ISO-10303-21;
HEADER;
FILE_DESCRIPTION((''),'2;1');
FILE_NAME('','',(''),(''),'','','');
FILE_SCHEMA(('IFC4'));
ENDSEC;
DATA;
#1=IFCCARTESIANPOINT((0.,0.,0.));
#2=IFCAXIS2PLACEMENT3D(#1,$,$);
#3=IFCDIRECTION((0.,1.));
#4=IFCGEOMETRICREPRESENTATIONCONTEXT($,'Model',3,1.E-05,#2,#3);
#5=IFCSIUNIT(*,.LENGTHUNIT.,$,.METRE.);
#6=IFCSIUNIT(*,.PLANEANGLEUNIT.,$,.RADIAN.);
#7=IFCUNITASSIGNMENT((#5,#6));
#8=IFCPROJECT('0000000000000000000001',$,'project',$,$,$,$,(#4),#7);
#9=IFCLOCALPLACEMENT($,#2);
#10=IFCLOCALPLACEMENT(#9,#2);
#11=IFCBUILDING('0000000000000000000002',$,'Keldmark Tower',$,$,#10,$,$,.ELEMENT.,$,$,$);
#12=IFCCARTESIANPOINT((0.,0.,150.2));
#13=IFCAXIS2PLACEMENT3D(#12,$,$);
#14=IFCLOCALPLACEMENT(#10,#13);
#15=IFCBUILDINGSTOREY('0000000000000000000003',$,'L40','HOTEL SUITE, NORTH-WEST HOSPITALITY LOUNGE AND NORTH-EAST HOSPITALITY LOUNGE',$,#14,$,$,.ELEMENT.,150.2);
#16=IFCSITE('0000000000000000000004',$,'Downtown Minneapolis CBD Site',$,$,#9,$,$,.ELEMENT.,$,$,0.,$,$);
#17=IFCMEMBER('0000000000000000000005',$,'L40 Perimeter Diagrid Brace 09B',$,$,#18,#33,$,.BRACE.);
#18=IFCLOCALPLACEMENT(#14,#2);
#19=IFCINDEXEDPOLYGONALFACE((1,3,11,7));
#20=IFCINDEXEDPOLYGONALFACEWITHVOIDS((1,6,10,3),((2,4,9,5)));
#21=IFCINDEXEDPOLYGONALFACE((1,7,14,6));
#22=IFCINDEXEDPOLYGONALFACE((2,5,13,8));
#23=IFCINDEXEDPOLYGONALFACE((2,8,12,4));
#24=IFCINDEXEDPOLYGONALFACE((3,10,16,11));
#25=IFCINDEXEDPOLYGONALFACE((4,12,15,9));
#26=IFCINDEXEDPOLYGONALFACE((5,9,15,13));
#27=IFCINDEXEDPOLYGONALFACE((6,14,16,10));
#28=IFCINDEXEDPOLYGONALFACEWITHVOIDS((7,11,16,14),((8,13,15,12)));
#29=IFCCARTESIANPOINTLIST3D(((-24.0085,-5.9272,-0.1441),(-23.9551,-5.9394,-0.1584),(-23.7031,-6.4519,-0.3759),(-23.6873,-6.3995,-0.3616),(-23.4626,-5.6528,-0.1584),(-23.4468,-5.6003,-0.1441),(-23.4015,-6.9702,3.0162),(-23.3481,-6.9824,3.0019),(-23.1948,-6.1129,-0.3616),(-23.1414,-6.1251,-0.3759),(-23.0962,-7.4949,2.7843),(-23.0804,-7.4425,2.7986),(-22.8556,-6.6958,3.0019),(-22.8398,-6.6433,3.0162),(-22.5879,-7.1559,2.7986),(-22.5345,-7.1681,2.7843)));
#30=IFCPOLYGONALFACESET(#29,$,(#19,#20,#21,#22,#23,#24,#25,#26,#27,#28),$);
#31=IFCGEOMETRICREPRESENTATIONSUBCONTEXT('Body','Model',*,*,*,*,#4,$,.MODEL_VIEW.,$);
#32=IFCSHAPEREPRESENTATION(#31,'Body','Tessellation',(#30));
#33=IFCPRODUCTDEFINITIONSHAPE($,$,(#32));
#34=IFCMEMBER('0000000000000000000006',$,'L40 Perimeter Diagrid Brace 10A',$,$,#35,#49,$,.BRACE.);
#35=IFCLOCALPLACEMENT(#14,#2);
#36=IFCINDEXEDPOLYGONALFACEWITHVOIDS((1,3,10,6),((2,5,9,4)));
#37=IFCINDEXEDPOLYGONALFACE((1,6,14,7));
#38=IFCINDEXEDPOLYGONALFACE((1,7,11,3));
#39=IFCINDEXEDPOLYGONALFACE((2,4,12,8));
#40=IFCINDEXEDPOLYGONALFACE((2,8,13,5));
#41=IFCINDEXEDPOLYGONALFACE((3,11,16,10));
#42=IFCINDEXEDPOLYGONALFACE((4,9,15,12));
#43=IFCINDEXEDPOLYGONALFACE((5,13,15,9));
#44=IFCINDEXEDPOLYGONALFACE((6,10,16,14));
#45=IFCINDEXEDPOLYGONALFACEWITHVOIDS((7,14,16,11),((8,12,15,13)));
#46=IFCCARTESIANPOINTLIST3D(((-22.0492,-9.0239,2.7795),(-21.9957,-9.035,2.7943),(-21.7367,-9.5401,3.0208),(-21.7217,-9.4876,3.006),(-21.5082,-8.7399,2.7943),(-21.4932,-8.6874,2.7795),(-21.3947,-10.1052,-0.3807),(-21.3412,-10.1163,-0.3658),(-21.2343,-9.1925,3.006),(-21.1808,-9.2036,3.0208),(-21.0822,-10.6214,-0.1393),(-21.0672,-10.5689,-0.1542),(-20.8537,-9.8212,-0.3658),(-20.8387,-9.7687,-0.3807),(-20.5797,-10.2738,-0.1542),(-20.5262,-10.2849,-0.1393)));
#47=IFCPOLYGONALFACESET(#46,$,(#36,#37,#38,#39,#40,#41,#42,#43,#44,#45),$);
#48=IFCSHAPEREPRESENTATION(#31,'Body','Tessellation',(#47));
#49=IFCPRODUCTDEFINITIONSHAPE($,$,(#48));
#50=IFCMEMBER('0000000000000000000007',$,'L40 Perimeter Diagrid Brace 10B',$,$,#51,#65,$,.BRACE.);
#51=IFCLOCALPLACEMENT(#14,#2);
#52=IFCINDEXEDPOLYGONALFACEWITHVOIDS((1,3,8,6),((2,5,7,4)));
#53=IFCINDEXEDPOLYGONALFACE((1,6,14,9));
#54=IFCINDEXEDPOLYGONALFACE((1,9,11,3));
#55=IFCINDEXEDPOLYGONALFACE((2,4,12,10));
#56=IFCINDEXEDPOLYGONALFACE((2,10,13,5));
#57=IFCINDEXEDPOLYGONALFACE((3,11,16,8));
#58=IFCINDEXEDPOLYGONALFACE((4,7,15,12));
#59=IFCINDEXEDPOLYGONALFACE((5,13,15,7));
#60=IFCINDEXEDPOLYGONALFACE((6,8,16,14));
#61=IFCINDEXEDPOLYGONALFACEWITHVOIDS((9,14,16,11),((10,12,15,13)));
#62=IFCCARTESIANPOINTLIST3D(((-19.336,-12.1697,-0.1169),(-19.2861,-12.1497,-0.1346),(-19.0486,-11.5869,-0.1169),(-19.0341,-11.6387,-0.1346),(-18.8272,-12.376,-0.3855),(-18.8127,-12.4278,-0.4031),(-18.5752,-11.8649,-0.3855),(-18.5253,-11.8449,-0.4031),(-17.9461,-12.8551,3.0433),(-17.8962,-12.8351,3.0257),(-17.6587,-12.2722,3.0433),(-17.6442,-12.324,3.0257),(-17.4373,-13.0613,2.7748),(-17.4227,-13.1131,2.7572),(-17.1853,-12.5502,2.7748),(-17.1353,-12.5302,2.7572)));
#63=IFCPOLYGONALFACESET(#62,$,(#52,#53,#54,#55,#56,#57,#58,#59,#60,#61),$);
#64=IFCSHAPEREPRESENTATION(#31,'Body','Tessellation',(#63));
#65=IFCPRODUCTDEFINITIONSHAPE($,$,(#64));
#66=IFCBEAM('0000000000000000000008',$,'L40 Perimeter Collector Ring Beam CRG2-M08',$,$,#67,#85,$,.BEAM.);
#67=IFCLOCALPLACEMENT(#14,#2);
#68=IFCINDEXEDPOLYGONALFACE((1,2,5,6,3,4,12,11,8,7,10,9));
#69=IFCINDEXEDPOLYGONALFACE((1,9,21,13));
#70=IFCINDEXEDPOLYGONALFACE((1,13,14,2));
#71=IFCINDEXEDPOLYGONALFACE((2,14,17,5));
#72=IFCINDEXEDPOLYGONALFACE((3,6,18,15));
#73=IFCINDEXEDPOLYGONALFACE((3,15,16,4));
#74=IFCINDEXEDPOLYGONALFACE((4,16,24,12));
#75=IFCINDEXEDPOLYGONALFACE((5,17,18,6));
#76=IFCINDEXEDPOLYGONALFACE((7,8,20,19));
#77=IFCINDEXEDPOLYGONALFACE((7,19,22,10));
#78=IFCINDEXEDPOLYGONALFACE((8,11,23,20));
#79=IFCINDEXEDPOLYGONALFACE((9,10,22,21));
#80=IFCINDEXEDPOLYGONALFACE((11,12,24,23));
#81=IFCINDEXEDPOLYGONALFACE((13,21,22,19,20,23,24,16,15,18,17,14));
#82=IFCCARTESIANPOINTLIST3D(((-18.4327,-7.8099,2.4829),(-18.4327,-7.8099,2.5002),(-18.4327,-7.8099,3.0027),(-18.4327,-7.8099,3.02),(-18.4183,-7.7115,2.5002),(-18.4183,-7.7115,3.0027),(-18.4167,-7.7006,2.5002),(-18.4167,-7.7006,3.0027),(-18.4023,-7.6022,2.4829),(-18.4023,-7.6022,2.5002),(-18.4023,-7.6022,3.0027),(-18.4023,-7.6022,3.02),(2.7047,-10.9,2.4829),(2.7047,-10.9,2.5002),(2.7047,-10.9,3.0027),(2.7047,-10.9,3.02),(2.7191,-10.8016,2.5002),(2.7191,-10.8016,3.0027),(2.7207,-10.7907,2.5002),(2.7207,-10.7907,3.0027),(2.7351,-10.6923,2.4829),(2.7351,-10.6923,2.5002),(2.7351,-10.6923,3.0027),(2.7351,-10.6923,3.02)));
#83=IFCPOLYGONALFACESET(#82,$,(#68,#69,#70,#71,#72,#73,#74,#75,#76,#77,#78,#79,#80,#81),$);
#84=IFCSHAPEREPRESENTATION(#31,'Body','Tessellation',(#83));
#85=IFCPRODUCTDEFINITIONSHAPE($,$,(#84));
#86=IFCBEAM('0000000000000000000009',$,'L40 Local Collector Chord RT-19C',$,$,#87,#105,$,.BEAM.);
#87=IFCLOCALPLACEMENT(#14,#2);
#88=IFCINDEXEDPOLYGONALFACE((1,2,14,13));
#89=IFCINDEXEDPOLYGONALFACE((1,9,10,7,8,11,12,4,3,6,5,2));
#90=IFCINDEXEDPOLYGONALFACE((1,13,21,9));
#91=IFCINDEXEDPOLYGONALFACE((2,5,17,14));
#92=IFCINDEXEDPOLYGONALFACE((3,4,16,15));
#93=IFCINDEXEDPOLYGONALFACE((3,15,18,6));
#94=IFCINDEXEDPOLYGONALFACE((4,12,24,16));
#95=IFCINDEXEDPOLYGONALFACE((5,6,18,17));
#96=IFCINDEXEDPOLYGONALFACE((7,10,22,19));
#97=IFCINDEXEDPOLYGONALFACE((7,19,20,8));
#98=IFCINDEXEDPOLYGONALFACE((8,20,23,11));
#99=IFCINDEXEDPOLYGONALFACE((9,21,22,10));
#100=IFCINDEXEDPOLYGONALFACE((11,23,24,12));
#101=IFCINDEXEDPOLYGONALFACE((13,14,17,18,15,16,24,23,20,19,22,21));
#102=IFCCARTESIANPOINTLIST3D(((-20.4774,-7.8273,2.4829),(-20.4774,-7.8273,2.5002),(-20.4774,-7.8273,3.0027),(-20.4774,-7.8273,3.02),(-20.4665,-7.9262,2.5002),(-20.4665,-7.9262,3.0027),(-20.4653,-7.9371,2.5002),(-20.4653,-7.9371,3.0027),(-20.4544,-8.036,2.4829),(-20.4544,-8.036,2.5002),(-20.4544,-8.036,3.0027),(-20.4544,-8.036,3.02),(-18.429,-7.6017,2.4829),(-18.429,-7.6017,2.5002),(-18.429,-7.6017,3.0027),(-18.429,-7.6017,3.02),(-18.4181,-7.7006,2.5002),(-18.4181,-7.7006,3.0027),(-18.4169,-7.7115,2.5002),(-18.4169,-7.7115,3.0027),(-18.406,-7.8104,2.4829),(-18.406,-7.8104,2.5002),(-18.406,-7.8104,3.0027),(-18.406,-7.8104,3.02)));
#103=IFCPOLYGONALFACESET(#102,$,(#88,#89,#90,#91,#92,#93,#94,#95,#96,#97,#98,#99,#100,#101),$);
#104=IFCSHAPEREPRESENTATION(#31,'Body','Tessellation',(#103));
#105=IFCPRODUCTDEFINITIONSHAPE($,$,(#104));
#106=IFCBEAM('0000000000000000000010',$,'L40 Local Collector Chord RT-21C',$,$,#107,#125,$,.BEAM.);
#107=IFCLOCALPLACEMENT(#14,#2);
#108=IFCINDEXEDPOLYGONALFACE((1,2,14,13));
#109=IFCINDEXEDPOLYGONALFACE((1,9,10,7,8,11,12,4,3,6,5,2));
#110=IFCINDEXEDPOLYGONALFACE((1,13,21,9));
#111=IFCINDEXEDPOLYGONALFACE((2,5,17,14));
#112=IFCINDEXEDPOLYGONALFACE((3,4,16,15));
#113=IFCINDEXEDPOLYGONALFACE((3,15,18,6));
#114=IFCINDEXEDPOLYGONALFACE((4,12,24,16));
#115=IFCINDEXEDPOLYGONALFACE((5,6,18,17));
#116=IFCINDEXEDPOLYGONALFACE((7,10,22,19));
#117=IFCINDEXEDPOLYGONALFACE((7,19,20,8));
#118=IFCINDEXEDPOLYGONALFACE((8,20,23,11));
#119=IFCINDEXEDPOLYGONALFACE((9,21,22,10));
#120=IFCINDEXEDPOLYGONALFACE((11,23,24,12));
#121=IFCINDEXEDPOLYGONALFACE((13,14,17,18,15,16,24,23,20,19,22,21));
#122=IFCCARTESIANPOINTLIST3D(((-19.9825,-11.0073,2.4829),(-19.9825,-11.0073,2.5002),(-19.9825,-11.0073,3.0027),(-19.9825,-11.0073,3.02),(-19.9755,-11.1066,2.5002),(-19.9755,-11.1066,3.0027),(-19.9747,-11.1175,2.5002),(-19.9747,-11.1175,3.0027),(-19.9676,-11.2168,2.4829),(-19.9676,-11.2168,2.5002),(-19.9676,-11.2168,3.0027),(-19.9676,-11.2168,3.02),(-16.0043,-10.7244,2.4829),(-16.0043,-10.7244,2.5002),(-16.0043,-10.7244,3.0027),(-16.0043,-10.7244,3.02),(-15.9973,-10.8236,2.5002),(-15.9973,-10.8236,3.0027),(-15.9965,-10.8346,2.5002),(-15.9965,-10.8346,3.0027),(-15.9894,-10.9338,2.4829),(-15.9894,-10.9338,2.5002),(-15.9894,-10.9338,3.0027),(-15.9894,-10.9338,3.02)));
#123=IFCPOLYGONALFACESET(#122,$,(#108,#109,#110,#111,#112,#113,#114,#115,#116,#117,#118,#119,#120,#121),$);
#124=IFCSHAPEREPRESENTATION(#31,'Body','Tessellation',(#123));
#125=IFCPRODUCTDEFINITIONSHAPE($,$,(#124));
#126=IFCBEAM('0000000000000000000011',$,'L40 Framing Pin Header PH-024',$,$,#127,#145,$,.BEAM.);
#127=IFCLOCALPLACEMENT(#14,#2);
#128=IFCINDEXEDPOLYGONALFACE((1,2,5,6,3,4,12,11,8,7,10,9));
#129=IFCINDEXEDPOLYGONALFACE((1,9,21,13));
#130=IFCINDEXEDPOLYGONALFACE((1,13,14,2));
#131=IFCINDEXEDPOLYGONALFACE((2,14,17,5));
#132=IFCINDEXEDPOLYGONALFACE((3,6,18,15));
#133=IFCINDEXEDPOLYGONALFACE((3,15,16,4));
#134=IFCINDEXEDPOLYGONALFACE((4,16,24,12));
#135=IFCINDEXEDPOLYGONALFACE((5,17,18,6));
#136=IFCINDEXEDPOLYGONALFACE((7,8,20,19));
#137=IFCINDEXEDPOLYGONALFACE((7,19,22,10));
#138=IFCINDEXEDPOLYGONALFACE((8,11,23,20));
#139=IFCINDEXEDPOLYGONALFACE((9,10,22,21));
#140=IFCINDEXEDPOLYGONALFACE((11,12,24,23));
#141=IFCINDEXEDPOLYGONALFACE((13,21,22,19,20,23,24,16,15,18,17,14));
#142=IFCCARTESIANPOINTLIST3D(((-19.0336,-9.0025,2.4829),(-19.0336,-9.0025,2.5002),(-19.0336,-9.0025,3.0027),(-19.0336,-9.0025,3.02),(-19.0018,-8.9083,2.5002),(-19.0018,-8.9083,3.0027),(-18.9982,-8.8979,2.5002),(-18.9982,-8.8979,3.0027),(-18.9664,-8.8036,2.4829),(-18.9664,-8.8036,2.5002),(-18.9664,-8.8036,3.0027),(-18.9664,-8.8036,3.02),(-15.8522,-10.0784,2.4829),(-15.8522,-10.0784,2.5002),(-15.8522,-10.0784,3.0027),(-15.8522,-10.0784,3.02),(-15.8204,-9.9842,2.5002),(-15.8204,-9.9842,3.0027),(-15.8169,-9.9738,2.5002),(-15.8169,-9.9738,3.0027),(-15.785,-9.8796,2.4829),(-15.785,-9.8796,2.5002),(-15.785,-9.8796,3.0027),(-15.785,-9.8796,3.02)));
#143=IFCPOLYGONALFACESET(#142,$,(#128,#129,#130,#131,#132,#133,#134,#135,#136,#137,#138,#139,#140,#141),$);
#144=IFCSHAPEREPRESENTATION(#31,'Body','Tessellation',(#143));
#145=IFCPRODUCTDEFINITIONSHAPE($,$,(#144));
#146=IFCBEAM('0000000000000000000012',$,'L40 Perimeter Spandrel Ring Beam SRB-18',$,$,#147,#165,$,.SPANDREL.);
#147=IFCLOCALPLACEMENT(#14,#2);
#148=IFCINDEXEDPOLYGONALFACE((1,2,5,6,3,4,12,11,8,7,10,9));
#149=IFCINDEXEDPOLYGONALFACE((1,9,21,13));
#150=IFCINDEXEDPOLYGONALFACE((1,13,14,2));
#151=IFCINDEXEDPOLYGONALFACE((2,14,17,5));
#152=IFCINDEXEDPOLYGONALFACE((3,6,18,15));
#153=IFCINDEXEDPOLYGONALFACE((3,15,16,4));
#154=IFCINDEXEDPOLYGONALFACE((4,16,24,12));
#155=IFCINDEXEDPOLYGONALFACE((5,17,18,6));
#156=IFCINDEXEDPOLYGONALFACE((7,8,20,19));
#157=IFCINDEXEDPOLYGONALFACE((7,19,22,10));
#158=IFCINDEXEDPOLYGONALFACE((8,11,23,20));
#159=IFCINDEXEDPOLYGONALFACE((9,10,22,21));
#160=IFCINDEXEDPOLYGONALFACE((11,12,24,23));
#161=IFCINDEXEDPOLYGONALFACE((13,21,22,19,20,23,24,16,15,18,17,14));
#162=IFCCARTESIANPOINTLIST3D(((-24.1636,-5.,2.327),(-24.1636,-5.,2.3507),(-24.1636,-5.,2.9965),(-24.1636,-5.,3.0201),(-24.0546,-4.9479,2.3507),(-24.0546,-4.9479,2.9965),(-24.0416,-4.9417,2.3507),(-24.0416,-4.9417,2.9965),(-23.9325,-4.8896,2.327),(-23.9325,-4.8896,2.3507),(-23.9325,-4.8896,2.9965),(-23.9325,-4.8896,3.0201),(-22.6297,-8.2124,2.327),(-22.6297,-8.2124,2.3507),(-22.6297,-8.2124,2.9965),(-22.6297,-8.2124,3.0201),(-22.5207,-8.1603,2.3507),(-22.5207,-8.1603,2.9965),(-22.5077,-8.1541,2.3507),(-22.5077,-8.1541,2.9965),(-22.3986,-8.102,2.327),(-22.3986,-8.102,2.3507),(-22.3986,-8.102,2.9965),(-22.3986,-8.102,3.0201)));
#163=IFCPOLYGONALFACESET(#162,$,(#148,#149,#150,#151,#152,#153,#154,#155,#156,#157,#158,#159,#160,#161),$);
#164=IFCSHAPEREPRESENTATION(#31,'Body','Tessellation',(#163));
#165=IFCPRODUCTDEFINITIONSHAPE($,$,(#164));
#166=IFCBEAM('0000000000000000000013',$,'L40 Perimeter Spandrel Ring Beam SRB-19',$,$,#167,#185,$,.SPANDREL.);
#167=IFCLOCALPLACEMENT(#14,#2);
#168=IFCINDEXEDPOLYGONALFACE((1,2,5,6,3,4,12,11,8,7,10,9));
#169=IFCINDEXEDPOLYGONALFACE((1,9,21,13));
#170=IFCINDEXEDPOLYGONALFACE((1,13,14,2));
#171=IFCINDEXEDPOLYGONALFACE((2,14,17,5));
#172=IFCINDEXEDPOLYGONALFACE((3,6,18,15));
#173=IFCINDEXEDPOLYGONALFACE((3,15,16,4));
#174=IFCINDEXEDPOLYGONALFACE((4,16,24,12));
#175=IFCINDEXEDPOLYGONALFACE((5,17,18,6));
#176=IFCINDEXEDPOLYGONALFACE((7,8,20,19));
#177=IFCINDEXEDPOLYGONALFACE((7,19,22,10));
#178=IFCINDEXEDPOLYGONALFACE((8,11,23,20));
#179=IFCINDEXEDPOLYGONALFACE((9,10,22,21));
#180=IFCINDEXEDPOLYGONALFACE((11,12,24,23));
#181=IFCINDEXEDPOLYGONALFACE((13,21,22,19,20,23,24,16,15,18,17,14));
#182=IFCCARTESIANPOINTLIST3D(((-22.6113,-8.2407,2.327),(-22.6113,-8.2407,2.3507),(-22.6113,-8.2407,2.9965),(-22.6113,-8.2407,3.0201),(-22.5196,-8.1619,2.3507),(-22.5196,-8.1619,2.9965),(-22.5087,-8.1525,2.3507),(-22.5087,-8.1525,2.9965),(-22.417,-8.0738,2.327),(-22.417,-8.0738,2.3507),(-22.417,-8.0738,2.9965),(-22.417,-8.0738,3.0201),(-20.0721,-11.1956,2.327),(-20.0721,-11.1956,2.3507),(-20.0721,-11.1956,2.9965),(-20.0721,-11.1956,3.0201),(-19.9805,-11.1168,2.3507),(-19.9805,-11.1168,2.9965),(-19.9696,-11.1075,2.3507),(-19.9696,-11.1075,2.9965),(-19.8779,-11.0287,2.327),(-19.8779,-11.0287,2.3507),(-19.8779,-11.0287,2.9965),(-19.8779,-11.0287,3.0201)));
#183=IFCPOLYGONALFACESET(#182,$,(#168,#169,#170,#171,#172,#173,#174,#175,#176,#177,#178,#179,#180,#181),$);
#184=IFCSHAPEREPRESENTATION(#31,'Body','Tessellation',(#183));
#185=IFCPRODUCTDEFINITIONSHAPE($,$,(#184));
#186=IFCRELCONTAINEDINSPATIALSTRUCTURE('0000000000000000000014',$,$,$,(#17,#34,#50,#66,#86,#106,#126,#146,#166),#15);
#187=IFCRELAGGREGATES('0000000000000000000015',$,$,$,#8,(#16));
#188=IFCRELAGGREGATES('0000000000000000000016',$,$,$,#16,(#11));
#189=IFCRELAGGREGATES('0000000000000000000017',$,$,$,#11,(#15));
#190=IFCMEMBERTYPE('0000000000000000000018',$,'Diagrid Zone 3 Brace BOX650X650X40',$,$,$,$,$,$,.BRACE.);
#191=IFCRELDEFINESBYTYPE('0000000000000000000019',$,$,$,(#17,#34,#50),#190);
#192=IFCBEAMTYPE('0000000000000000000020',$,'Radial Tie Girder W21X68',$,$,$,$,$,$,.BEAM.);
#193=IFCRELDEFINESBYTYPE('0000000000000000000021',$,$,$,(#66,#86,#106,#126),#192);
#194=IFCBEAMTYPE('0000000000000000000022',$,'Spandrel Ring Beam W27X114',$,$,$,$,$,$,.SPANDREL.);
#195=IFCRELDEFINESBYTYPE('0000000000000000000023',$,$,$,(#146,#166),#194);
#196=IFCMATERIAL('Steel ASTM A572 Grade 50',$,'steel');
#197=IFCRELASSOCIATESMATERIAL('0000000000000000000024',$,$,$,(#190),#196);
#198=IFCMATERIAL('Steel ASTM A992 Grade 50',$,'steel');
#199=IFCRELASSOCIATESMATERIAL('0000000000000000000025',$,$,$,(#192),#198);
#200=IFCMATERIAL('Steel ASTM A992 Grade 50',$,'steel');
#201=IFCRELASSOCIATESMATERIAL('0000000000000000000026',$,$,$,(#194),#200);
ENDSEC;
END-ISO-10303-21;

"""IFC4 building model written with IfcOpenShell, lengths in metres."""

from ifc_helpers import new_model, si_unit, direction, frame, origin, origin_2d, place, context, subcontext, project, spatial, hollow_rectangle, i_section, extrude, material, material_profile, profile_set, type_object, element, save


model = new_model("IFC4")

# Units and contexts
model_context = context("Model", 3, precision=1e-05, world=origin(), true_north=direction((0.0, 1.0)))
body_context = subcontext(model_context, "Body", "Model", "MODEL_VIEW")
ifc_project = project(units=[si_unit("LENGTHUNIT", "METRE"), si_unit("PLANEANGLEUNIT", "RADIAN")], contexts=[model_context])

# Site, building, storey
site_placement = place(None, origin())
site = spatial("IfcSite", under=ifc_project, at=site_placement, Name="Downtown Minneapolis CBD Site", CompositionType="ELEMENT", RefElevation=0.0)
building_placement = place(site_placement, origin())
building = spatial("IfcBuilding", under=site, at=building_placement, Name="Keldmark Tower", CompositionType="ELEMENT")
storey_placement = place(building_placement, frame((0.0, 0.0, 150.2)))
storey = spatial("IfcBuildingStorey", under=building, at=storey_placement, Name="L40", Description="HOTEL SUITE, NORTH-WEST HOSPITALITY LOUNGE AND NORTH-EAST HOSPITALITY LOUNGE", CompositionType="ELEMENT", Elevation=150.2)

# Members
ifc_material_1 = material(Name="Steel ASTM A572 Grade 50", Category="steel")
ifc_material_profile_1 = material_profile(ifc_material_1, hollow_rectangle(XDim=0.6499, YDim=0.6499, WallThickness=0.04, at=origin_2d()), Name="BOX650X650X40")
ifc_profile_set_1 = profile_set([ifc_material_profile_1], Name="Steel ASTM A572 Grade 50")
member_type = type_object("IfcMemberType", Name="Diagrid Zone 3 Brace BOX650X650X40", PredefinedType="BRACE", material=ifc_profile_set_1)
member_1_placement = place(storey_placement, frame((-23.575, -6.0261, -0.26), z_axis=(0.179422, -0.308323, 0.934208), x_axis=(0.864307, 0.502965, 0.0)))
element("IfcMember", 1, at=member_1_placement, inside=storey, type_object=member_type, Name="L40 Perimeter Diagrid Brace 09B", PredefinedType="BRACE", context=body_context, shape_type="SweptSolid", body=[
    extrude(hollow_rectangle(XDim=0.6499, YDim=0.6499, WallThickness=0.04, at=origin_2d()), origin(), (0.0, 0.0, 1.0), 3.3828),
])
member_2_placement = place(storey_placement, frame((-20.9604, -10.1951, -0.26), z_axis=(-0.192311, 0.317696, 0.928486), x_axis=(-0.855475, -0.517844, 0.0)))
element("IfcMember", 2, at=member_2_placement, inside=storey, type_object=member_type, Name="L40 Perimeter Diagrid Brace 10A", PredefinedType="BRACE", context=body_context, shape_type="SweptSolid", body=[
    extrude(hollow_rectangle(XDim=0.6499, YDim=0.6499, WallThickness=0.04, at=origin_2d()), origin(), (0.0, 0.0, 1.0), 3.4036),
])
member_3_placement = place(storey_placement, frame((-18.9307, -12.0073, -0.26), z_axis=(0.394894, -0.194707, 0.897858), x_axis=(0.442228, 0.896903, 0.0)))
element("IfcMember", 3, at=member_3_placement, inside=storey, type_object=member_type, Name="L40 Perimeter Diagrid Brace 10B", PredefinedType="BRACE", context=body_context, shape_type="SweptSolid", body=[
    extrude(hollow_rectangle(XDim=0.6499, YDim=0.6499, WallThickness=0.04, at=origin_2d()), origin(), (0.0, 0.0, 1.0), 3.5198),
])

# Beams
ifc_material_2 = material(Name="Steel ASTM A992 Grade 50", Category="steel")
ifc_material_profile_2 = material_profile(ifc_material_2, i_section(OverallWidth=0.21, OverallDepth=0.5371, WebThickness=0.011, FlangeThickness=0.0173, at=origin_2d()), Name="W21X68")
ifc_profile_set_2 = profile_set([ifc_material_profile_2], Name="Steel ASTM A992 Grade 50")
beam_type_1 = type_object("IfcBeamType", Name="Radial Tie Girder W21X68", PredefinedType="BEAM", material=ifc_profile_set_2)
beam_1_placement = place(storey_placement, frame((-18.4175, -7.7061, 2.7515), z_axis=(0.989482, -0.144653, 0.0), x_axis=(0.144653, 0.989482, 0.0)))
element("IfcBeam", 4, at=beam_1_placement, inside=storey, type_object=beam_type_1, Name="L40 Perimeter Collector Ring Beam CRG2-M08", PredefinedType="BEAM", context=body_context, shape_type="SweptSolid", body=[
    extrude(i_section(OverallWidth=0.21, OverallDepth=0.5371, WebThickness=0.011, FlangeThickness=0.0173, at=origin_2d()), origin(), (0.0, 0.0, 1.0), 21.3621),
])
beam_2_placement = place(storey_placement, frame((-18.4175, -7.7061, 2.7515), z_axis=(-0.99399, -0.109469, 0.0), x_axis=(0.109469, -0.99399, 0.0)))
element("IfcBeam", 5, at=beam_2_placement, inside=storey, type_object=beam_type_1, Name="L40 Local Collector Chord RT-19C", PredefinedType="BEAM", context=body_context, shape_type="SweptSolid", body=[
    extrude(i_section(OverallWidth=0.21, OverallDepth=0.5371, WebThickness=0.011, FlangeThickness=0.0173, at=origin_2d()), origin(), (0.0, 0.0, 1.0), 2.0608),
])
beam_3_placement = place(storey_placement, frame((-19.9751, -11.1121, 2.7515), z_axis=(0.99748, 0.070947, 0.0), x_axis=(-0.070947, 0.99748, 0.0)))
element("IfcBeam", 6, at=beam_3_placement, inside=storey, type_object=beam_type_1, Name="L40 Local Collector Chord RT-21C", PredefinedType="BEAM", context=body_context, shape_type="SweptSolid", body=[
    extrude(i_section(OverallWidth=0.21, OverallDepth=0.5371, WebThickness=0.011, FlangeThickness=0.0173, at=origin_2d()), origin(), (0.0, 0.0, 1.0), 3.9883),
])
beam_4_placement = place(storey_placement, frame((-19.0, -8.9031, 2.7515), z_axis=(0.947293, -0.320368, 0.0), x_axis=(0.320368, 0.947293, 0.0)))
element("IfcBeam", 7, at=beam_4_placement, inside=storey, type_object=beam_type_1, Name="L40 Framing Pin Header PH-024", PredefinedType="BEAM", context=body_context, shape_type="SweptSolid", body=[
    extrude(i_section(OverallWidth=0.21, OverallDepth=0.5371, WebThickness=0.011, FlangeThickness=0.0173, at=origin_2d()), origin(), (0.0, 0.0, 1.0), 3.3584),
])
ifc_material_3 = material(Name="Steel ASTM A992 Grade 50", Category="steel")
ifc_material_profile_3 = material_profile(ifc_material_3, i_section(OverallWidth=0.2561, OverallDepth=0.6931, WebThickness=0.0144, FlangeThickness=0.0237, at=origin_2d()), Name="W27X114")
ifc_profile_set_3 = profile_set([ifc_material_profile_3], Name="Steel ASTM A992 Grade 50")
beam_type_2 = type_object("IfcBeamType", Name="Spandrel Ring Beam W27X114", PredefinedType="SPANDREL", material=ifc_profile_set_3)
beam_5_placement = place(storey_placement, frame((-24.0481, -4.9448, 2.6736), z_axis=(0.4309, -0.9024, 0.0), x_axis=(0.9024, 0.4309, 0.0)))
element("IfcBeam", 8, at=beam_5_placement, inside=storey, type_object=beam_type_2, Name="L40 Perimeter Spandrel Ring Beam SRB-18", PredefinedType="SPANDREL", context=body_context, shape_type="SweptSolid", body=[
    extrude(i_section(OverallWidth=0.2561, OverallDepth=0.6931, WebThickness=0.0144, FlangeThickness=0.0237, at=origin_2d()), origin(), (0.0, 0.0, 1.0), 3.5598),
])
beam_6_placement = place(storey_placement, frame((-22.5142, -8.1572, 2.6736), z_axis=(0.65173, -0.758451, 0.0), x_axis=(0.758451, 0.65173, 0.0)))
element("IfcBeam", 9, at=beam_6_placement, inside=storey, type_object=beam_type_2, Name="L40 Perimeter Spandrel Ring Beam SRB-19", PredefinedType="SPANDREL", context=body_context, shape_type="SweptSolid", body=[
    extrude(i_section(OverallWidth=0.2561, OverallDepth=0.6931, WebThickness=0.0144, FlangeThickness=0.0237, at=origin_2d()), origin(), (0.0, 0.0, 1.0), 3.896),
])

save(model, "model.ifc")
